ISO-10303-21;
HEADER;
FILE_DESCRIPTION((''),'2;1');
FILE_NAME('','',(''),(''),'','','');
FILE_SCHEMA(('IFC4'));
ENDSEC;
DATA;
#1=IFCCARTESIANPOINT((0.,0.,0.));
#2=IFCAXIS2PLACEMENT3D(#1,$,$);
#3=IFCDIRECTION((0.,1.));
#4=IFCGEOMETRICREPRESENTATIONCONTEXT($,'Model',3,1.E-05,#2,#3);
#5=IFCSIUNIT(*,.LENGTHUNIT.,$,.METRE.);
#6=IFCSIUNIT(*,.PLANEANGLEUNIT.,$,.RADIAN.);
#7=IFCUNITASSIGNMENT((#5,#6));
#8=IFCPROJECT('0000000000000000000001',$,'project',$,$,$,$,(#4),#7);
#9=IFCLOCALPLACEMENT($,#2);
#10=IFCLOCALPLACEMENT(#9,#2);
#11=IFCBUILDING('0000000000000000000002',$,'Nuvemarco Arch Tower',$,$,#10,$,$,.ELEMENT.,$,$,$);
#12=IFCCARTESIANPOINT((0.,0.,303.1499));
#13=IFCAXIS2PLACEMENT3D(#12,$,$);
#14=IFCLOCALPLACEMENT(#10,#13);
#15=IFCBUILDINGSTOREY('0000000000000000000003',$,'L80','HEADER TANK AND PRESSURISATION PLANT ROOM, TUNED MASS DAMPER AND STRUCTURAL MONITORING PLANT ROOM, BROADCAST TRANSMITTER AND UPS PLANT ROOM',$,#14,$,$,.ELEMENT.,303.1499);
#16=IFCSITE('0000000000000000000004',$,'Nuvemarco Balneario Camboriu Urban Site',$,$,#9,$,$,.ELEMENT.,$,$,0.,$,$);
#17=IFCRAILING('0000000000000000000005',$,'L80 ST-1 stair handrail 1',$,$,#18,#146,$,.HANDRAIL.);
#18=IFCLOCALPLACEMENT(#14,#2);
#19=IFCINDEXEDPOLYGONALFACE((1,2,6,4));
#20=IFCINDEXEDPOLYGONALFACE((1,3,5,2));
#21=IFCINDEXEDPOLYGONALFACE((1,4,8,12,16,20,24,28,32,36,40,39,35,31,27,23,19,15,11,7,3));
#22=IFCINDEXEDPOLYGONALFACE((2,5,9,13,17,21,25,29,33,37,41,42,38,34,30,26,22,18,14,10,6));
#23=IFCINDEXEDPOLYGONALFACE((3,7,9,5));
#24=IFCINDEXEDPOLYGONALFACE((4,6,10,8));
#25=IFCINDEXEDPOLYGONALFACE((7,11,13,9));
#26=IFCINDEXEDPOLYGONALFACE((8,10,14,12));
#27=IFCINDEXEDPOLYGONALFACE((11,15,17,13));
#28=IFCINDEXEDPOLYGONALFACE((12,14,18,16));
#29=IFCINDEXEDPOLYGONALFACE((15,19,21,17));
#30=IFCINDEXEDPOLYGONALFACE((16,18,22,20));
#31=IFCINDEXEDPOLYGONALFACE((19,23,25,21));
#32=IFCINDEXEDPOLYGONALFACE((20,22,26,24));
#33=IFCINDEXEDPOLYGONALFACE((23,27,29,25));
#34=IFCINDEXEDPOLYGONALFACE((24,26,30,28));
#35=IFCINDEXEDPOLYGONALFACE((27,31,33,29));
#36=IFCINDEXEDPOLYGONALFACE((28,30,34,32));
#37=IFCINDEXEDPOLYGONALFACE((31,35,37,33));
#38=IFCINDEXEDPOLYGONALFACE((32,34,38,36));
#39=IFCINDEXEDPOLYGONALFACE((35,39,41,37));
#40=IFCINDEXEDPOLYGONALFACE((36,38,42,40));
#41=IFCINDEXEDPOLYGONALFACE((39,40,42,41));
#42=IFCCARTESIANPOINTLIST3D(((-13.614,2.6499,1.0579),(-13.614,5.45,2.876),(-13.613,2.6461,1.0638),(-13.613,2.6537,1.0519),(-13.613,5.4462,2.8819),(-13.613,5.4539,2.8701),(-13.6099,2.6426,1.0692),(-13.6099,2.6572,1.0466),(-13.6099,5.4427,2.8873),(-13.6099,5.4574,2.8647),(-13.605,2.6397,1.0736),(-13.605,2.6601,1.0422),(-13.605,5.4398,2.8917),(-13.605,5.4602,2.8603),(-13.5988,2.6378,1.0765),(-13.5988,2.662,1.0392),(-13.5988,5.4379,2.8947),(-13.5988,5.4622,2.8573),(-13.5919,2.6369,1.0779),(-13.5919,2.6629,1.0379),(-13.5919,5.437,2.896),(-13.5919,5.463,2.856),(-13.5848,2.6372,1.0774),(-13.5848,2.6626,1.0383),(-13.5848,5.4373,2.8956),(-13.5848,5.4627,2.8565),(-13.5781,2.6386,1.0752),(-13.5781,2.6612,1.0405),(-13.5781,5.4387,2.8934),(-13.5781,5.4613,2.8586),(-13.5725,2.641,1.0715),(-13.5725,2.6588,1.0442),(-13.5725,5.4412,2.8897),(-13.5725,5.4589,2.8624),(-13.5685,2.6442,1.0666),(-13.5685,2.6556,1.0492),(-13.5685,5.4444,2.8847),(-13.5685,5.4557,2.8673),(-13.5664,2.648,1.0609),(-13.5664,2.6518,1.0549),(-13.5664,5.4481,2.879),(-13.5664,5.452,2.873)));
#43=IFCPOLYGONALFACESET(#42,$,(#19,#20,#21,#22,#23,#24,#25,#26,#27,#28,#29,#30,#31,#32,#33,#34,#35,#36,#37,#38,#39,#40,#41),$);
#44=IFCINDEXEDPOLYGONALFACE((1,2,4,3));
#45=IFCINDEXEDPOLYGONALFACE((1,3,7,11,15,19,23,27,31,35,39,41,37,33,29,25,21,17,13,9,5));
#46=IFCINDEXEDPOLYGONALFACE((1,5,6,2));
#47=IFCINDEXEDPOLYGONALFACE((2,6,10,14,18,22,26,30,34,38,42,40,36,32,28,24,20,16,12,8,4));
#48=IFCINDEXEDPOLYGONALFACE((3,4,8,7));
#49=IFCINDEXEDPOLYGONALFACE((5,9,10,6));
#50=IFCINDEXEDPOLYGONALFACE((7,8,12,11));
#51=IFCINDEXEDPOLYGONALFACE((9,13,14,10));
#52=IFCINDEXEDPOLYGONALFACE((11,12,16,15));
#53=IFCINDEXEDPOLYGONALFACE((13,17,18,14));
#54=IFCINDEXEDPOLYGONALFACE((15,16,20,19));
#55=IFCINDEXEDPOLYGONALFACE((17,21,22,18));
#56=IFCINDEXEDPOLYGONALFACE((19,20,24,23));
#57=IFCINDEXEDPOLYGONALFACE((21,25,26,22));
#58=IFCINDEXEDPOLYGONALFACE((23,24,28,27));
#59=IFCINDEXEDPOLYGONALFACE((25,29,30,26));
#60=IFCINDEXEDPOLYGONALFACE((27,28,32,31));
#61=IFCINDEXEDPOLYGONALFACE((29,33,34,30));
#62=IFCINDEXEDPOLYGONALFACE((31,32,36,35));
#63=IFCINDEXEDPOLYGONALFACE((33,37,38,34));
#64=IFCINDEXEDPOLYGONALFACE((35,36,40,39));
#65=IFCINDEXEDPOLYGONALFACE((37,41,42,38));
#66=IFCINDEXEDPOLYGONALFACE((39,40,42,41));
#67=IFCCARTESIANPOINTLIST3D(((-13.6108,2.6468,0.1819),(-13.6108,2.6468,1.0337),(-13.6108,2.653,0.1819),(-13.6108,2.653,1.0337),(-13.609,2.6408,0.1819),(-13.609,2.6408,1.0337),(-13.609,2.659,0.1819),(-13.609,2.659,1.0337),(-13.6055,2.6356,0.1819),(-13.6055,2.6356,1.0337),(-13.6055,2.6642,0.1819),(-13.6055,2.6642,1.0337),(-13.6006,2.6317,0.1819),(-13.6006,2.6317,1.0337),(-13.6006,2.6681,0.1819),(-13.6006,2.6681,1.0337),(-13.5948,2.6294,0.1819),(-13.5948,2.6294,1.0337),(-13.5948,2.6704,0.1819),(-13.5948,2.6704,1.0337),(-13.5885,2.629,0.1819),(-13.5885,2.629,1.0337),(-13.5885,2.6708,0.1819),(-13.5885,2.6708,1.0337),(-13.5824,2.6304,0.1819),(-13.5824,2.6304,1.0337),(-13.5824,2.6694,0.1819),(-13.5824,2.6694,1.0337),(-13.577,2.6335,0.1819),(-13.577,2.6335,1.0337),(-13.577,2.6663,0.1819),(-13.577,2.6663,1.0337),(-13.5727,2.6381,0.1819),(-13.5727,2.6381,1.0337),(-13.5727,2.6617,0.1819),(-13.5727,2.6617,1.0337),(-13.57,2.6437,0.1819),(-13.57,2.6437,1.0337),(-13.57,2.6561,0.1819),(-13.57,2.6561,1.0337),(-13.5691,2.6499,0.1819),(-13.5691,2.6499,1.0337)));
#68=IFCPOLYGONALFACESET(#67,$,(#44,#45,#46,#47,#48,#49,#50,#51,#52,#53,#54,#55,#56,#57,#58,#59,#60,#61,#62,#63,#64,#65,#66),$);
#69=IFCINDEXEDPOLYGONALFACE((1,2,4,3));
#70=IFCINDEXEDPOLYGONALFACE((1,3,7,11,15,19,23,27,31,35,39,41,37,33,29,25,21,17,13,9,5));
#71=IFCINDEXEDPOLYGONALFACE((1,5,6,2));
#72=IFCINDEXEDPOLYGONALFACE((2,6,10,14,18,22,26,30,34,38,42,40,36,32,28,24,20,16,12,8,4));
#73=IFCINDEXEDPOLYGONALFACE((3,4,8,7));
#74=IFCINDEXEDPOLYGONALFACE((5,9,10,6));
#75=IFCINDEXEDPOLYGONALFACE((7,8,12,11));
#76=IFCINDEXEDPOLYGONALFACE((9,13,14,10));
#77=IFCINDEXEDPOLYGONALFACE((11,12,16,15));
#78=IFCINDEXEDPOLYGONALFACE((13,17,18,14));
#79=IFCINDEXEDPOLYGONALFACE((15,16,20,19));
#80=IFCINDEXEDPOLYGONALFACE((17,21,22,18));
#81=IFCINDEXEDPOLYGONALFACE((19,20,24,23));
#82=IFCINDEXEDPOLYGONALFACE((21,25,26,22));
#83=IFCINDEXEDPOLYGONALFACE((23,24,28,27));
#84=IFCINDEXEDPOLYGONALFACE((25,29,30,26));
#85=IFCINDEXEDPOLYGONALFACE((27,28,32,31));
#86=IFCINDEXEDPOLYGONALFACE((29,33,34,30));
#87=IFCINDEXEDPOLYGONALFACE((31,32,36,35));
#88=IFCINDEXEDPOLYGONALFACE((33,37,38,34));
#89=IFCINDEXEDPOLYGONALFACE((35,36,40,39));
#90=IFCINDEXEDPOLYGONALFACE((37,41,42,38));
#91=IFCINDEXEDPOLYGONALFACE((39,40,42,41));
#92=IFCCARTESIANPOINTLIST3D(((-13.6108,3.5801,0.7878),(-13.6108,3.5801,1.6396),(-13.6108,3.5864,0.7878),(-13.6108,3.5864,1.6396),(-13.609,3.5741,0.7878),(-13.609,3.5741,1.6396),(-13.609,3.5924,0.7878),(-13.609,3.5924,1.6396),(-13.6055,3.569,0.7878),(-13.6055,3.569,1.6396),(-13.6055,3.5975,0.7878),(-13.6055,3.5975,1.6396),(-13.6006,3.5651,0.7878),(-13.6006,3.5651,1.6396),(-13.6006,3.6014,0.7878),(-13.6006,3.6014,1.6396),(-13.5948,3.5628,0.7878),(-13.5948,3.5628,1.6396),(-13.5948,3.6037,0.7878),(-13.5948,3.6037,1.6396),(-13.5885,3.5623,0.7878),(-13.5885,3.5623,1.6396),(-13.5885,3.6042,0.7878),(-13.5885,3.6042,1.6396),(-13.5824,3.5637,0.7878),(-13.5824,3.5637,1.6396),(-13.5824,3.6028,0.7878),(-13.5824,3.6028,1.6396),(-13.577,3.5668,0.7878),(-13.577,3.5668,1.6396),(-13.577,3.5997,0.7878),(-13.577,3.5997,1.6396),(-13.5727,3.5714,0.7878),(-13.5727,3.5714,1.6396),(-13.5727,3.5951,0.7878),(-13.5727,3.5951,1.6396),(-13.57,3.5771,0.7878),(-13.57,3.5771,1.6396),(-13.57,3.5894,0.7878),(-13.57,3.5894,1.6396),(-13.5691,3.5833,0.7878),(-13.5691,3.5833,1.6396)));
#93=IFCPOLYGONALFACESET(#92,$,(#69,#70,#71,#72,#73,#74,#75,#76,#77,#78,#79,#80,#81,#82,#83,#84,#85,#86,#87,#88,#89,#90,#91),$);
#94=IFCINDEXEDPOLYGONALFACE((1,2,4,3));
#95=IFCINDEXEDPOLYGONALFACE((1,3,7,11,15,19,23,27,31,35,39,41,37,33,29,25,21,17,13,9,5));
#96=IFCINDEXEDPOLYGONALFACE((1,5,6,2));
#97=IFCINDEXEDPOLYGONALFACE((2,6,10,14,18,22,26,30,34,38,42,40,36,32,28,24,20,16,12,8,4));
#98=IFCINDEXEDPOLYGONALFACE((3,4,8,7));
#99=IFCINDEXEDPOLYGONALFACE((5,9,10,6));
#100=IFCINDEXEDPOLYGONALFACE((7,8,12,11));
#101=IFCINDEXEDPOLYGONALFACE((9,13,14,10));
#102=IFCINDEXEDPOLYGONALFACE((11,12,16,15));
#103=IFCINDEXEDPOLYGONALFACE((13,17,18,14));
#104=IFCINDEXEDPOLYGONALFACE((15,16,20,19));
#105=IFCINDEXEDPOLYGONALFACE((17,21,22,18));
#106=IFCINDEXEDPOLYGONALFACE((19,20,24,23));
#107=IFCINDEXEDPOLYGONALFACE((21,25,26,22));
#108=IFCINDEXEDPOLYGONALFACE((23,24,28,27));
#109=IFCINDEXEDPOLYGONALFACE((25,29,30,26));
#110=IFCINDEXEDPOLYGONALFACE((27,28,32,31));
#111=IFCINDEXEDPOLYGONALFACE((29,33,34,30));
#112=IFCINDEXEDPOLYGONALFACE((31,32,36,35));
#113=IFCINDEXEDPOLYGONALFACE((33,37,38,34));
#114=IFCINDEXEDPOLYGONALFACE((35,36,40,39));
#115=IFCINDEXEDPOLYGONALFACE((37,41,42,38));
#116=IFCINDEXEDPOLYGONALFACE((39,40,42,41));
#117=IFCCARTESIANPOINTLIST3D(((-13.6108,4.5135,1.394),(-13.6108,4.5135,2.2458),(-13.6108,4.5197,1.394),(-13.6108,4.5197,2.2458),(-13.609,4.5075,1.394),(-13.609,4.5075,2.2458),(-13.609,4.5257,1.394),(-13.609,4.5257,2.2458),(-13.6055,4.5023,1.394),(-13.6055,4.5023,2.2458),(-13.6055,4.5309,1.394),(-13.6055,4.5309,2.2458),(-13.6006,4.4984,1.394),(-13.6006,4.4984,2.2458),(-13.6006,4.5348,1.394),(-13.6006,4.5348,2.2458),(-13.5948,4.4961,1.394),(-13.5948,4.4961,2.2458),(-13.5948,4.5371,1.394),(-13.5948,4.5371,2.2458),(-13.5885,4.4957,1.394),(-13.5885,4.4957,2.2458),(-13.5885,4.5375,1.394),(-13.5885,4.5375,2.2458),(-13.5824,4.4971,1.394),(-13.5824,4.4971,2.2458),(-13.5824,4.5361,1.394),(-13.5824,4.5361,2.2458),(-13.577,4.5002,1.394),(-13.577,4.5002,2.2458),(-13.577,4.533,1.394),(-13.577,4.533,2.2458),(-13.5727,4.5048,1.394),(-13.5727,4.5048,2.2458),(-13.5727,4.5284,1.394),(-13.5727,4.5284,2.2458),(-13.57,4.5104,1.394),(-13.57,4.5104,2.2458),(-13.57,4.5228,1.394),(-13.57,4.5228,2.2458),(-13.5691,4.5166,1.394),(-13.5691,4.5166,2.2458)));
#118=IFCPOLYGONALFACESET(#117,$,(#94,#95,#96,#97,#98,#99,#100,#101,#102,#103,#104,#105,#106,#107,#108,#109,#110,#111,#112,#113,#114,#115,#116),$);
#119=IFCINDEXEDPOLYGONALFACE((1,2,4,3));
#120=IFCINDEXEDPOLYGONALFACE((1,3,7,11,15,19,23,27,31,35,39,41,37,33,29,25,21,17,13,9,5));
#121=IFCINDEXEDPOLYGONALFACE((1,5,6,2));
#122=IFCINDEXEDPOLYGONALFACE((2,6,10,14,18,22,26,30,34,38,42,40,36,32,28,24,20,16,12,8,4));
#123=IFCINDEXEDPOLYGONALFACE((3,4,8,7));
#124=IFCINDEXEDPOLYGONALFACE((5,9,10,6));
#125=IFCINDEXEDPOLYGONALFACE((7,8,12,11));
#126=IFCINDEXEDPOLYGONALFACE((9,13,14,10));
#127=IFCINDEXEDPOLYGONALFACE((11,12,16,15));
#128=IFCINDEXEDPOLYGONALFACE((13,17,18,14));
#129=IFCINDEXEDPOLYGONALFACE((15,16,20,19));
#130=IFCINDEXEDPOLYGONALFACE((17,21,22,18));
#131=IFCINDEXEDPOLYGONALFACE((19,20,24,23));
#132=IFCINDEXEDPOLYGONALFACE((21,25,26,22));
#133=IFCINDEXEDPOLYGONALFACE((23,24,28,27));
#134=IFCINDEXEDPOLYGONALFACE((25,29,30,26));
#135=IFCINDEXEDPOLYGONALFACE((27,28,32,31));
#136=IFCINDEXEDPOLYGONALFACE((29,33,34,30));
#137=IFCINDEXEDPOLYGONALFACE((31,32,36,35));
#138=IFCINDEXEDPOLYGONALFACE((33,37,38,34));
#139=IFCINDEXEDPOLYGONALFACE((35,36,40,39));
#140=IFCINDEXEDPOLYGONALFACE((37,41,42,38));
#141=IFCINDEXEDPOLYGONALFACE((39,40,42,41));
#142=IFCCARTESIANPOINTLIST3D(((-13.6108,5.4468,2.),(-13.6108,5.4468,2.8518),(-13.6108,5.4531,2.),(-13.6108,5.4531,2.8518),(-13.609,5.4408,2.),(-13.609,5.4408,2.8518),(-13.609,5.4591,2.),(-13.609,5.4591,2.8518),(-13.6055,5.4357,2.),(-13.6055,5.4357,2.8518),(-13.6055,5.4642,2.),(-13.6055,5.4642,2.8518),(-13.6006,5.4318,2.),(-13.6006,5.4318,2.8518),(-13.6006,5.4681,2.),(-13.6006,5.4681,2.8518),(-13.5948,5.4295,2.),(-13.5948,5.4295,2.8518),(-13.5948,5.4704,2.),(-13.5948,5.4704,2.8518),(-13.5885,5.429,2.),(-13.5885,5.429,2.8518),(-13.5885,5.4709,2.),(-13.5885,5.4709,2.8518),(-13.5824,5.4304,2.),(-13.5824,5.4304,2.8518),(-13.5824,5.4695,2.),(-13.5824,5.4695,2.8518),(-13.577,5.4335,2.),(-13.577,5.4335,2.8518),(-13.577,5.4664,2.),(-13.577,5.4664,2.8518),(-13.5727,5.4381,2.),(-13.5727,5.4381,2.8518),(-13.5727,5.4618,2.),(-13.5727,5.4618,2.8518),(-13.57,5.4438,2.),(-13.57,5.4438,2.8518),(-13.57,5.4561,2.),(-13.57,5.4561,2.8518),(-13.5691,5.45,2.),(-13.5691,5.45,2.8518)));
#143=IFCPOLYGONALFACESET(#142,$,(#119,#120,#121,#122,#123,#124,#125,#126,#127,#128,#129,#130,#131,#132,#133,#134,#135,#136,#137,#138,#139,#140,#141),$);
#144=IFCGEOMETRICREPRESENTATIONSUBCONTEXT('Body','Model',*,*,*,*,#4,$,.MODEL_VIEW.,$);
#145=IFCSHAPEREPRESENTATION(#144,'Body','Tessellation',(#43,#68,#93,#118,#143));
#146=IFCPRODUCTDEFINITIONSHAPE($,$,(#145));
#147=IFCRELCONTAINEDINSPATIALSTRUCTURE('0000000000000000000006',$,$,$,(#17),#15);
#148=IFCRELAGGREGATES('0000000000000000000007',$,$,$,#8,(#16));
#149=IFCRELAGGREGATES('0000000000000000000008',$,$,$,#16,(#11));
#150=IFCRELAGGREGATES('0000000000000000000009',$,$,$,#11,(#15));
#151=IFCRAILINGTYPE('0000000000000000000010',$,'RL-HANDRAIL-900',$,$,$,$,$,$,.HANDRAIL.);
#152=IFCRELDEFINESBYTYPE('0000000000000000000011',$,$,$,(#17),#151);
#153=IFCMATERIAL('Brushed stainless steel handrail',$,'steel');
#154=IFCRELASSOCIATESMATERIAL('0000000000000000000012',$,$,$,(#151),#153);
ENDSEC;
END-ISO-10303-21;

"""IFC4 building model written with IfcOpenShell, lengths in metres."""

from ifc_helpers import new_model, si_unit, direction, frame, origin, origin_2d, place, context, subcontext, project, spatial, circle, extrude, material, type_object, element, save


model = new_model("IFC4")

# Units and contexts
model_context = context("Model", 3, precision=1e-05, world=origin(), true_north=direction((0.0, 1.0)))
body_context = subcontext(model_context, "Body", "Model", "MODEL_VIEW")
ifc_project = project(units=[si_unit("LENGTHUNIT", "METRE"), si_unit("PLANEANGLEUNIT", "RADIAN")], contexts=[model_context])

# Site, building, storey
site_placement = place(None, origin())
site = spatial("IfcSite", under=ifc_project, at=site_placement, Name="Nuvemarco Balneario Camboriu Urban Site", CompositionType="ELEMENT", RefElevation=0.0)
building_placement = place(site_placement, origin())
building = spatial("IfcBuilding", under=site, at=building_placement, Name="Nuvemarco Arch Tower", CompositionType="ELEMENT")
storey_placement = place(building_placement, frame((0.0, 0.0, 303.1499)))
storey = spatial("IfcBuildingStorey", under=building, at=storey_placement, Name="L80", Description="HEADER TANK AND PRESSURISATION PLANT ROOM, TUNED MASS DAMPER AND STRUCTURAL MONITORING PLANT ROOM, BROADCAST TRANSMITTER AND UPS PLANT ROOM", CompositionType="ELEMENT", Elevation=303.1499)

# Railing
ifc_material_1 = material(Name="Brushed stainless steel handrail", Category="steel")
railing_type_1 = type_object("IfcRailingType", Name="RL-HANDRAIL-900", PredefinedType="HANDRAIL", material=ifc_material_1)
railing_1_placement = place(storey_placement, frame((-13.5901, 2.6499, 0.1819)))
element("IfcRailing", 1, at=railing_1_placement, inside=storey, type_object=railing_type_1, Name="L80 ST-1 stair handrail 1", PredefinedType="HANDRAIL", context=body_context, shape_type="SweptSolid", body=[
    extrude(circle(Radius=0.0239, at=origin_2d()), frame((0.0, 0.0, 0.876), z_axis=(0.0, 0.838706, 0.544585), x_axis=(-1.0, 0.0, 0.0)), (0.0, 0.0, 1.0), 3.3386),
    extrude(circle(Radius=0.021, at=origin_2d()), origin(), (0.0, 0.0, 1.0), 0.8518),
    extrude(circle(Radius=0.021, at=origin_2d()), frame((0.0, 0.9333, 0.606)), (0.0, 0.0, 1.0), 0.8518),
    extrude(circle(Radius=0.021, at=origin_2d()), frame((0.0, 1.8667, 1.2122)), (0.0, 0.0, 1.0), 0.8518),
    extrude(circle(Radius=0.021, at=origin_2d()), frame((0.0, 2.8, 1.8181)), (0.0, 0.0, 1.0), 0.8518),
])

save(model, "model.ifc")
